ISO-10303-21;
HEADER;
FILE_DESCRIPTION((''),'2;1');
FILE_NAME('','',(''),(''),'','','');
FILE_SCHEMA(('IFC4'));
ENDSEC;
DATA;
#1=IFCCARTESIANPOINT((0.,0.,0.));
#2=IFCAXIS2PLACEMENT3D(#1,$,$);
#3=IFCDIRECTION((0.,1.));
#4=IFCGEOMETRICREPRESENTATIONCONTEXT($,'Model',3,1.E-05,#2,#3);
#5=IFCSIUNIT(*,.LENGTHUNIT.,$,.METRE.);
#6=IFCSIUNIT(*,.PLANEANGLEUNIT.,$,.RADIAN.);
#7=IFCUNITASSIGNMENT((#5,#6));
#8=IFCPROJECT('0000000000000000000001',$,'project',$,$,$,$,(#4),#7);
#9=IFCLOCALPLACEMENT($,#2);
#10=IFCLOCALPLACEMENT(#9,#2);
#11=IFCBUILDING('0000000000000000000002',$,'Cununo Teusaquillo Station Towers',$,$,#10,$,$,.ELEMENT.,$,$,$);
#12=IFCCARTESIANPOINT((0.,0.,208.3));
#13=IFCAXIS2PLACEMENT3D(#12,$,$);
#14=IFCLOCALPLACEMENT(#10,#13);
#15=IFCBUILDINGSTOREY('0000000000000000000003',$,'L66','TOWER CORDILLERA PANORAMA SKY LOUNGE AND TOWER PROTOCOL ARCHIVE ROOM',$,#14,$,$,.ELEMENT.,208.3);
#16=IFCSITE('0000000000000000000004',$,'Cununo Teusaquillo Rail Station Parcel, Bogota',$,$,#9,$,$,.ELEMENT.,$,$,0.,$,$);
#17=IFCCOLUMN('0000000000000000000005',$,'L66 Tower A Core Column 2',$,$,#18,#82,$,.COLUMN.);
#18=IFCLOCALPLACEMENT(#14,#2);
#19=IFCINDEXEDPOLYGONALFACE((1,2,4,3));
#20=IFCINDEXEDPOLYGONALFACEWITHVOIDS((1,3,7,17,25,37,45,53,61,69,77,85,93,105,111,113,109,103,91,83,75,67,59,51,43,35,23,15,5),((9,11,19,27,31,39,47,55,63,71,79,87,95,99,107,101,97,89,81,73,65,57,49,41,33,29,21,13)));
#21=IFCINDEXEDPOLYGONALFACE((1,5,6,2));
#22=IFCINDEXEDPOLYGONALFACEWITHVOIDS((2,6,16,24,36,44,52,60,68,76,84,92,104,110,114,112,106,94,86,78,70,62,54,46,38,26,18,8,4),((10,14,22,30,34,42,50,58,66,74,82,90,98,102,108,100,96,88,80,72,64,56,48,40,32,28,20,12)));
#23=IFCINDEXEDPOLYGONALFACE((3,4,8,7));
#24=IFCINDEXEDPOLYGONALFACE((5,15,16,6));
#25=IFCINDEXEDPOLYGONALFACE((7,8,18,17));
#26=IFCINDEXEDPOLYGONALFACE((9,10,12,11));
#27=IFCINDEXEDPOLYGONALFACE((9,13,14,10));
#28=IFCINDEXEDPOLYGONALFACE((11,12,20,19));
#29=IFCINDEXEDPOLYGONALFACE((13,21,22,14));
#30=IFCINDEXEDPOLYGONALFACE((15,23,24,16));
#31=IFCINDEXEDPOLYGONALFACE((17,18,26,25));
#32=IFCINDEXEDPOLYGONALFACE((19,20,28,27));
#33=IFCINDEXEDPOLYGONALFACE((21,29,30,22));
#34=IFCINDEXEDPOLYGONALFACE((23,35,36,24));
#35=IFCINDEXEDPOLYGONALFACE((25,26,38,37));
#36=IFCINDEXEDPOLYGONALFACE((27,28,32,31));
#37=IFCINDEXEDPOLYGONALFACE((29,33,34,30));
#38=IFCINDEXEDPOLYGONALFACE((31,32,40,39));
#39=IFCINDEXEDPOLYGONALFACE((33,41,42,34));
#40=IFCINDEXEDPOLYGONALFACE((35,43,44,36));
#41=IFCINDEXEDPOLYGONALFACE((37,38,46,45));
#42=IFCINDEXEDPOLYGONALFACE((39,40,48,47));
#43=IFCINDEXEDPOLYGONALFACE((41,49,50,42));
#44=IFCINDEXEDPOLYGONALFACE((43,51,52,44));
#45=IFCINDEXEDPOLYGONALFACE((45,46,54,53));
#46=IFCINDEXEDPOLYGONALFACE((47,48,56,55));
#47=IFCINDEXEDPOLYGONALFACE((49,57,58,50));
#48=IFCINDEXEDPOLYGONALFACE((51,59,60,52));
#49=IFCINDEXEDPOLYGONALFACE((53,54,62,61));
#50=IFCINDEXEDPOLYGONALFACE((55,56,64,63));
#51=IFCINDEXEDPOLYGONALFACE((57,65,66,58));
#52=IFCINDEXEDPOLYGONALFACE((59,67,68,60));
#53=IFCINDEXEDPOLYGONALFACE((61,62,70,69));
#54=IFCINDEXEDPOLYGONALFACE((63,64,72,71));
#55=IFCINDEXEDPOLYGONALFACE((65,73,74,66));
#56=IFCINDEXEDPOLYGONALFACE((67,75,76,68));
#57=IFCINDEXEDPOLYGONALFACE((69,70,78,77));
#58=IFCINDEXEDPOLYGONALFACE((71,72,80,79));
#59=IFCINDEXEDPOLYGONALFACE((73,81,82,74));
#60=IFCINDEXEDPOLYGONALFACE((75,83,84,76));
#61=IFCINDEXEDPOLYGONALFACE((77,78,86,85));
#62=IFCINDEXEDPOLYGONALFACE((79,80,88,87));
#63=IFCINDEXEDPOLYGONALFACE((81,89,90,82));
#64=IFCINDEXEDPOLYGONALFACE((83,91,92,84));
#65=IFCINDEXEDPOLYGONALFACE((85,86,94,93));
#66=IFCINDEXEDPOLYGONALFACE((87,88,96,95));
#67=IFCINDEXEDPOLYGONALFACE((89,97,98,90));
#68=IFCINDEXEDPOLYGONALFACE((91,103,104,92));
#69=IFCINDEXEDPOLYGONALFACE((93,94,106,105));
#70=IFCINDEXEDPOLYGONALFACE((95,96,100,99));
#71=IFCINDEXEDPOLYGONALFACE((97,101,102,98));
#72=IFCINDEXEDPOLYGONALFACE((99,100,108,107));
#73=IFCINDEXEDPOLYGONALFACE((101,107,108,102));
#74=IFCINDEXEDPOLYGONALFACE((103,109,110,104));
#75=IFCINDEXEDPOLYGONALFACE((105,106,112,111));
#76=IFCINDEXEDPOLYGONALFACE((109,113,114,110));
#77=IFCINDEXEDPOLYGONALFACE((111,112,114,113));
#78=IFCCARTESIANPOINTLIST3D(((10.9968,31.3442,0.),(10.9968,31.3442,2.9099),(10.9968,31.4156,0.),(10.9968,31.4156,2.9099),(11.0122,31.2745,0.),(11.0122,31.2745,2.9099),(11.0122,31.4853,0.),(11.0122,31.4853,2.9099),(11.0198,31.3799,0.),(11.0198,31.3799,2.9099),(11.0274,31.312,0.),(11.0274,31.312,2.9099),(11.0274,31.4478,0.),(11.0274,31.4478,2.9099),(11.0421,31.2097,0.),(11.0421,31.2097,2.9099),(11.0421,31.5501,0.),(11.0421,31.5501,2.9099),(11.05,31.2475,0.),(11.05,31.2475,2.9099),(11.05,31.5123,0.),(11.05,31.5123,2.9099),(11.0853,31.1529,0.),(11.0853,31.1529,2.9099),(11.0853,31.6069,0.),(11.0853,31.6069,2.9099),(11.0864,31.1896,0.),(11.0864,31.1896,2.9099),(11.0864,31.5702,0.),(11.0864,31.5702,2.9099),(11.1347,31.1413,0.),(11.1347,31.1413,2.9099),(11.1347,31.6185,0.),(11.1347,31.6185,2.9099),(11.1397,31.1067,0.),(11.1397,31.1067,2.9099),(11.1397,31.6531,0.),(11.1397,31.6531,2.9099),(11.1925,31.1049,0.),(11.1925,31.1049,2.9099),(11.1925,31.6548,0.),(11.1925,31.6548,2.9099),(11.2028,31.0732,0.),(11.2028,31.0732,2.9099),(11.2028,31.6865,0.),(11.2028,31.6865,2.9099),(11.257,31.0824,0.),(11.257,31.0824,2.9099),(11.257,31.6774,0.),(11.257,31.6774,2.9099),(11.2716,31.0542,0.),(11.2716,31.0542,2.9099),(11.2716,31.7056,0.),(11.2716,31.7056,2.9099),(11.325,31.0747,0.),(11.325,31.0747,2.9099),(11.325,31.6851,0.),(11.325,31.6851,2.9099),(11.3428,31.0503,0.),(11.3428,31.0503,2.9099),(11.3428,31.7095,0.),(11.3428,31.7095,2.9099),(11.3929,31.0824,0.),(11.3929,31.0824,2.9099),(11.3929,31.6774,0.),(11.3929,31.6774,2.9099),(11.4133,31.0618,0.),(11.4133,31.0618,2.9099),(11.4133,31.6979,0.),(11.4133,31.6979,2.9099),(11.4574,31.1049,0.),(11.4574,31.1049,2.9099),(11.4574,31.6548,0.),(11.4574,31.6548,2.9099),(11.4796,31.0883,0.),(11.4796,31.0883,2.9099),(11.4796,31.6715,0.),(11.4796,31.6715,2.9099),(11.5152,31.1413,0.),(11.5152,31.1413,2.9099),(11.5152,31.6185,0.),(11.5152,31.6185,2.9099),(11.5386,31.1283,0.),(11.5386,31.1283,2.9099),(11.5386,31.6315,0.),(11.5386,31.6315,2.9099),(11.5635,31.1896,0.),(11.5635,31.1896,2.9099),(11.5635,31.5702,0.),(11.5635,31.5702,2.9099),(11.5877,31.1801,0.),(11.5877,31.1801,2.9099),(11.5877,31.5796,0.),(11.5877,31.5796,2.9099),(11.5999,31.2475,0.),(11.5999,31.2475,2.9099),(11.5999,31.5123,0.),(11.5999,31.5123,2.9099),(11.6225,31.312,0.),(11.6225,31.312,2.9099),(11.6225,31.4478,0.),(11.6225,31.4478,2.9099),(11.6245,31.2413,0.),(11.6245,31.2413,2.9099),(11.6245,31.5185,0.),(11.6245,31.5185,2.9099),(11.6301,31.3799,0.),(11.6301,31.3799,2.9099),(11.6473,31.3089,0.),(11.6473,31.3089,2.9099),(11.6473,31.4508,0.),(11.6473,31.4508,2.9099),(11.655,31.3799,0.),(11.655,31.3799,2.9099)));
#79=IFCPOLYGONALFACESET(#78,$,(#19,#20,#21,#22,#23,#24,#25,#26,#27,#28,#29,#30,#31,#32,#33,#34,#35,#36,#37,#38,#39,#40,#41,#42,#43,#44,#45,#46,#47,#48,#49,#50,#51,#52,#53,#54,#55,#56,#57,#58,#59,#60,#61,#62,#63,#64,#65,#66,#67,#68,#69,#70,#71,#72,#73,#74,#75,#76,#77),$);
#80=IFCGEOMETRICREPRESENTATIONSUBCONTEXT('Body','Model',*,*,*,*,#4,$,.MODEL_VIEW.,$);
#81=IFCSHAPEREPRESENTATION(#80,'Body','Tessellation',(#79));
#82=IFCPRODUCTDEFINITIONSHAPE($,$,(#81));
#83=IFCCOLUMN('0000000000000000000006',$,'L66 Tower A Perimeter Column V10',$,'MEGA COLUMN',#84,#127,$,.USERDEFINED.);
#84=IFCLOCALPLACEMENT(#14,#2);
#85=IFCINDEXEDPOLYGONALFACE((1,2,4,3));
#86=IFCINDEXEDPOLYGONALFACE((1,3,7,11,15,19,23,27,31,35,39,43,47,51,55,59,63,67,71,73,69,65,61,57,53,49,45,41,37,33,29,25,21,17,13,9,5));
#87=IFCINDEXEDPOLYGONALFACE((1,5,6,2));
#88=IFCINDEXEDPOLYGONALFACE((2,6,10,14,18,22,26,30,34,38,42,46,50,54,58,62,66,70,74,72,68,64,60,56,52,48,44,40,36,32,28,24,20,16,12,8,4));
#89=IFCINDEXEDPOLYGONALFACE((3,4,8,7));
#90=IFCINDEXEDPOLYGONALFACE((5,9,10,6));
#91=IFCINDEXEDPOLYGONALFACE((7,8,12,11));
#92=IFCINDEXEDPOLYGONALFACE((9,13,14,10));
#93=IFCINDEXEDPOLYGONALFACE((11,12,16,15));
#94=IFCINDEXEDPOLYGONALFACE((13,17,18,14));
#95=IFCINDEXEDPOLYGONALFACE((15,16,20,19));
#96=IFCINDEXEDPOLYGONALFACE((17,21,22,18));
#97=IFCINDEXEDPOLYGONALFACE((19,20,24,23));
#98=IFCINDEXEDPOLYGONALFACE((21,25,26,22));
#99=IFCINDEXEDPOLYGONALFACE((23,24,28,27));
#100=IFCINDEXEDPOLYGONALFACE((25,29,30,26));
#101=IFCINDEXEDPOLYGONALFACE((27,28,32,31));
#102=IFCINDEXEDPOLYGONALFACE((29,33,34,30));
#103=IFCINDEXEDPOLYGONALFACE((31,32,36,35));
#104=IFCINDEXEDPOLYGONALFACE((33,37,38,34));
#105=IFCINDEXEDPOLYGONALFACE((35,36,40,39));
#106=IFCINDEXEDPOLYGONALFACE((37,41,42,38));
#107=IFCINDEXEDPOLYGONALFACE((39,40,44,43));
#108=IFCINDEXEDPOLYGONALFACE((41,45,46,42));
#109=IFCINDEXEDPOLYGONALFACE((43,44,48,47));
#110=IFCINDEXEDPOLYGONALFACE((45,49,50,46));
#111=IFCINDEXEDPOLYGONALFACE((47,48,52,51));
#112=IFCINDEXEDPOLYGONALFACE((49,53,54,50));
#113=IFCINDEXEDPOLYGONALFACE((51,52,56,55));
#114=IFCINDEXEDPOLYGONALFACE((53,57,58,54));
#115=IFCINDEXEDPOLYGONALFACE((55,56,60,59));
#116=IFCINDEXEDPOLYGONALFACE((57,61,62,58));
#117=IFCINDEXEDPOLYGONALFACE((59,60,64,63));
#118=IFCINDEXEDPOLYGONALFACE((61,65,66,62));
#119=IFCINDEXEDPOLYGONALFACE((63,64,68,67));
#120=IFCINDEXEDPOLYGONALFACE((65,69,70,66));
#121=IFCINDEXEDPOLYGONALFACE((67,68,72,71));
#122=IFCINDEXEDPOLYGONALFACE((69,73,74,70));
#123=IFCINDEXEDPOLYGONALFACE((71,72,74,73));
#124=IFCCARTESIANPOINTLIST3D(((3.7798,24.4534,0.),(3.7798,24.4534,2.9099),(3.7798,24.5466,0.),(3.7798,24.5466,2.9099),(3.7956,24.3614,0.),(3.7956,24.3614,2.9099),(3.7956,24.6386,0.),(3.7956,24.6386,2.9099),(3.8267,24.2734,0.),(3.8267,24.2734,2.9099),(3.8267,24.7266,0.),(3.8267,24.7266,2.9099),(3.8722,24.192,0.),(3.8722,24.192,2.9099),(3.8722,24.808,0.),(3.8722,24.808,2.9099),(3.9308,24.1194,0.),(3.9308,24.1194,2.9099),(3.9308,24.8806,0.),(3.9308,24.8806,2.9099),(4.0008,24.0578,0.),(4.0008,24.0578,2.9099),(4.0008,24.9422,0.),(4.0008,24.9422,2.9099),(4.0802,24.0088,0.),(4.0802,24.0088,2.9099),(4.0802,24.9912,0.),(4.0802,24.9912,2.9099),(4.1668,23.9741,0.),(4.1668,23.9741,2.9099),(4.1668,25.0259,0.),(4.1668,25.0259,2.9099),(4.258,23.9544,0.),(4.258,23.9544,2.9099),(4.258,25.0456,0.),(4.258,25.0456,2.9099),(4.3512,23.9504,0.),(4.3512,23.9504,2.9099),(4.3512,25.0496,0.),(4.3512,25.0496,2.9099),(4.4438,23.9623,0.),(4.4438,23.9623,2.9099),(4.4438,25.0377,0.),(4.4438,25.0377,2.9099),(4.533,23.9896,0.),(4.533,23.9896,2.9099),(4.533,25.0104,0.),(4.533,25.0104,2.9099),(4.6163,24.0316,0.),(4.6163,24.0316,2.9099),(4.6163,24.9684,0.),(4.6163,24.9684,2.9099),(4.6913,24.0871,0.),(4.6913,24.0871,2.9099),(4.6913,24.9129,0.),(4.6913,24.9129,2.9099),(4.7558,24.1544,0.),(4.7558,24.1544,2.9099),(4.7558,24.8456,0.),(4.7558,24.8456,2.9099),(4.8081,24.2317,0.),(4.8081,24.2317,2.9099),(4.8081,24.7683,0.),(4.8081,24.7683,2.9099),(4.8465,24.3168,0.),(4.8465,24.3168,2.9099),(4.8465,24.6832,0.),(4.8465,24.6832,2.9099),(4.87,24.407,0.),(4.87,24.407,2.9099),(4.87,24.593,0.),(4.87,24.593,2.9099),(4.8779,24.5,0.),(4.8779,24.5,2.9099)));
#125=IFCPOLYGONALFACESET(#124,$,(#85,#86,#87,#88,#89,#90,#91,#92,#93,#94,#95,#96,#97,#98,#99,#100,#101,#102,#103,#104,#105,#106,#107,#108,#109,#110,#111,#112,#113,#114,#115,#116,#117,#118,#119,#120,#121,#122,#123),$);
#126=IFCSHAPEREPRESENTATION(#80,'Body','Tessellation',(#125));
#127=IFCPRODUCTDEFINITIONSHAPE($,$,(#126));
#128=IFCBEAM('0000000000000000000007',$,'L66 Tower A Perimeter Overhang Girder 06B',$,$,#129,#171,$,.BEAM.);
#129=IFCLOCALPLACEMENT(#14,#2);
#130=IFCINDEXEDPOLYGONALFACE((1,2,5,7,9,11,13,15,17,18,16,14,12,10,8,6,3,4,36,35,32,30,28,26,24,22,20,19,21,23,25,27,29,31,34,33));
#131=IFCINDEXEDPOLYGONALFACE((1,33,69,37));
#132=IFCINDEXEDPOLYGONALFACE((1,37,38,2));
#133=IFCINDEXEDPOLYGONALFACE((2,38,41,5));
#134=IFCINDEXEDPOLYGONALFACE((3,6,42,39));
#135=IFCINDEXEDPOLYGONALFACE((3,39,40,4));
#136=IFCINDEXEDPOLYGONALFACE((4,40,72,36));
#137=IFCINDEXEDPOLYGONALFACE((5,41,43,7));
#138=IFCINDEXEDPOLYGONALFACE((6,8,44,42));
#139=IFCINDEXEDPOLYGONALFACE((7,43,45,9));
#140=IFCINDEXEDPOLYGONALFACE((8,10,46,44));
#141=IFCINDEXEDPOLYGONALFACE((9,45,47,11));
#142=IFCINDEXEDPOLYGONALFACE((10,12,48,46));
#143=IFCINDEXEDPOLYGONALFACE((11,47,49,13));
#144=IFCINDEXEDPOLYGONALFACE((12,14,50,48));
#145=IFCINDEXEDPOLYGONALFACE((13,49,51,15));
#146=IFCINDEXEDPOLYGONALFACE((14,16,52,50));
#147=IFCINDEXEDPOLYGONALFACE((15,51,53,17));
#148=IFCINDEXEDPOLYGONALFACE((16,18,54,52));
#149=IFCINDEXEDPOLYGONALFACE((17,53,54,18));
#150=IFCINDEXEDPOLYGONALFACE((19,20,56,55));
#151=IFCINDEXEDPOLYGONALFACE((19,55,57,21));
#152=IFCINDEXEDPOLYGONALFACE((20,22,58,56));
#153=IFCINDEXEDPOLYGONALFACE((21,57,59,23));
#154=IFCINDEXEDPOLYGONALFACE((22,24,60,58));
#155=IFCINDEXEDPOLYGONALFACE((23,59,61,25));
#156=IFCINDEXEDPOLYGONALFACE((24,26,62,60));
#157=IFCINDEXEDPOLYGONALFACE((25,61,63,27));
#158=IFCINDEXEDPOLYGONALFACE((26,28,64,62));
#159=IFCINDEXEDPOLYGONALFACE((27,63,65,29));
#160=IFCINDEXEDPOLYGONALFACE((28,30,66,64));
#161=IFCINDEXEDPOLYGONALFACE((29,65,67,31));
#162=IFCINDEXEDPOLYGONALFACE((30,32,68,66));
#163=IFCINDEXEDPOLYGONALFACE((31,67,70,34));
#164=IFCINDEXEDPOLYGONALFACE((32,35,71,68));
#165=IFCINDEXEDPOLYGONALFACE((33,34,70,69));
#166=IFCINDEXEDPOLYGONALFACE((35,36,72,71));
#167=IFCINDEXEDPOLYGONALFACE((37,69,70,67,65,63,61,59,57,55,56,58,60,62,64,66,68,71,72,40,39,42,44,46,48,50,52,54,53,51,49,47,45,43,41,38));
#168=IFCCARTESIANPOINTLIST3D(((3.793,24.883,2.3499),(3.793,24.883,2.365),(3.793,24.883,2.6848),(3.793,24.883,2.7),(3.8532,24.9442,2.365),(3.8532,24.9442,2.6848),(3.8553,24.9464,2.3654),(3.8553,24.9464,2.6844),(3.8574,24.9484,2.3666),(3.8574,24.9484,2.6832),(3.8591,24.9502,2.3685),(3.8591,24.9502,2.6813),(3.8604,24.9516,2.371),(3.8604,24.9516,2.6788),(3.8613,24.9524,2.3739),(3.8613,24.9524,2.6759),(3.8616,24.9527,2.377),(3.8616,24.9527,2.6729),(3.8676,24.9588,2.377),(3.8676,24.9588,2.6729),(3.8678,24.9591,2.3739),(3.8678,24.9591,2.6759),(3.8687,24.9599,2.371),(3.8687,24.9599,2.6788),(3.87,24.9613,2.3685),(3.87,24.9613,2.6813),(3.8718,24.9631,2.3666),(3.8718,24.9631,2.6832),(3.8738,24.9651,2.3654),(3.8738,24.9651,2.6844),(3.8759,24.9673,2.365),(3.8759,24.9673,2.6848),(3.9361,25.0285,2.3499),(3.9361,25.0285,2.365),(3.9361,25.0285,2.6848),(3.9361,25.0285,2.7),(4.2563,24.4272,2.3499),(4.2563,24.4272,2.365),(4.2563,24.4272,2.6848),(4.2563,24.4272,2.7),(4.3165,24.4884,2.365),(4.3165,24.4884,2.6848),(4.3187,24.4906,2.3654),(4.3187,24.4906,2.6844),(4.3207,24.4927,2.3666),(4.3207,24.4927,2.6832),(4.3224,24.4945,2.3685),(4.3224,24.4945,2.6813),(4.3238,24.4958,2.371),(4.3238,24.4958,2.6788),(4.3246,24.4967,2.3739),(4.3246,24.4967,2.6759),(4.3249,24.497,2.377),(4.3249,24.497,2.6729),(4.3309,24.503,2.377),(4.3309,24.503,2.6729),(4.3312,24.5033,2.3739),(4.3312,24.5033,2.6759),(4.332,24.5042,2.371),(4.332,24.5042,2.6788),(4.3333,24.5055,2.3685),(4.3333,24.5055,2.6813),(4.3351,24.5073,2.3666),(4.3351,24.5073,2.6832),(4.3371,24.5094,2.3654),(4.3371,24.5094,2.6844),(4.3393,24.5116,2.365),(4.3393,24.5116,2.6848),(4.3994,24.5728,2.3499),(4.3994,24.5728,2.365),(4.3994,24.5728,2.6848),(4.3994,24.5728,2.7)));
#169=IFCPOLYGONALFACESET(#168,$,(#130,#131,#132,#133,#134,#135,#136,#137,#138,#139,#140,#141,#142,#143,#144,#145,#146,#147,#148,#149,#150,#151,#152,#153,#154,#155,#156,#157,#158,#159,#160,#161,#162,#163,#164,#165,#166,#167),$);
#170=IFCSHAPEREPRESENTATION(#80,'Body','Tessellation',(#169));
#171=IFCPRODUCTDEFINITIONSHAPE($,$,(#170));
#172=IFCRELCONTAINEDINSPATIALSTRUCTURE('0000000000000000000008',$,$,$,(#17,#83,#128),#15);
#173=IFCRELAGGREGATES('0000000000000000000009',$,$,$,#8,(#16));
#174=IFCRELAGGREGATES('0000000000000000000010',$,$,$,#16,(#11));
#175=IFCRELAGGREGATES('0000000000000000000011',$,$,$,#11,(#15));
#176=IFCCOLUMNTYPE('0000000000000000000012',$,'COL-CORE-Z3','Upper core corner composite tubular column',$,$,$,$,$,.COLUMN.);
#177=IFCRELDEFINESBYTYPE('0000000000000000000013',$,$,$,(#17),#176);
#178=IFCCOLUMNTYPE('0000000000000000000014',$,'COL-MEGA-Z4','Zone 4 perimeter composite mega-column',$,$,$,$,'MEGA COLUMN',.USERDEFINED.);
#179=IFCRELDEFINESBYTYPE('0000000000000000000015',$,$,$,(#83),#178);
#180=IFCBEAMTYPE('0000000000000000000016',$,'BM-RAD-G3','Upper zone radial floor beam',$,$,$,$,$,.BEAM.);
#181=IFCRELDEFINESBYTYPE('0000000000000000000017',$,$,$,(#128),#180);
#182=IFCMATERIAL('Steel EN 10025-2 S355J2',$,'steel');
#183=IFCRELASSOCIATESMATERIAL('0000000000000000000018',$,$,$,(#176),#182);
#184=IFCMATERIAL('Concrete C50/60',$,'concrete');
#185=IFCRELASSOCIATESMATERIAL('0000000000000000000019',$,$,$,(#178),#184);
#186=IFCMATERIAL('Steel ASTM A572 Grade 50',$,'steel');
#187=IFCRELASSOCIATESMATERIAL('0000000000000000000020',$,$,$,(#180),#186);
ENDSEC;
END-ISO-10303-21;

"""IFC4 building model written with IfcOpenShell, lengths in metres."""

from ifc_helpers import new_model, si_unit, direction, frame, origin, origin_2d, place, context, subcontext, project, spatial, circle, hollow_circle, i_section, extrude, material, material_profile, profile_set, type_object, element, save


model = new_model("IFC4")

# Units and contexts
model_context = context("Model", 3, precision=1e-05, world=origin(), true_north=direction((0.0, 1.0)))
body_context = subcontext(model_context, "Body", "Model", "MODEL_VIEW")
ifc_project = project(units=[si_unit("LENGTHUNIT", "METRE"), si_unit("PLANEANGLEUNIT", "RADIAN")], contexts=[model_context])

# Site, building, storey
site_placement = place(None, origin())
site = spatial("IfcSite", under=ifc_project, at=site_placement, Name="Cununo Teusaquillo Rail Station Parcel, Bogota", CompositionType="ELEMENT", RefElevation=0.0)
building_placement = place(site_placement, origin())
building = spatial("IfcBuilding", under=site, at=building_placement, Name="Cununo Teusaquillo Station Towers", CompositionType="ELEMENT")
storey_placement = place(building_placement, frame((0.0, 0.0, 208.3)))
storey = spatial("IfcBuildingStorey", under=building, at=storey_placement, Name="L66", Description="TOWER CORDILLERA PANORAMA SKY LOUNGE AND TOWER PROTOCOL ARCHIVE ROOM", CompositionType="ELEMENT", Elevation=208.3)

# Columns
ifc_material_1 = material(Name="Steel EN 10025-2 S355J2", Category="steel")
ifc_material_profile_1 = material_profile(ifc_material_1, hollow_circle(Radius=0.3301, WallThickness=0.0249, at=origin_2d()), Name="CHS 660x25")
ifc_profile_set_1 = profile_set([ifc_material_profile_1], Name="Steel EN 10025-2 S355J2")
column_type_1 = type_object("IfcColumnType", Name="COL-CORE-Z3", Description="Upper core corner composite tubular column", PredefinedType="COLUMN", material=ifc_profile_set_1)
column_1_placement = place(storey_placement, frame((11.325, 31.3799, 0.0), z_axis=(0.0, 0.0, 1.0), x_axis=(1.0, 0.0, 0.0)))
element("IfcColumn", 1, at=column_1_placement, inside=storey, type_object=column_type_1, Name="L66 Tower A Core Column 2", PredefinedType="COLUMN", context=body_context, shape_type="SweptSolid", body=[
    extrude(hollow_circle(Radius=0.3301, WallThickness=0.0249, at=origin_2d()), origin(), (0.0, 0.0, 1.0), 2.9099),
])
ifc_material_2 = material(Name="Concrete C50/60", Category="concrete")
ifc_material_profile_2 = material_profile(ifc_material_2, circle(Radius=0.55, at=origin_2d()), Name="RC-CIRC-1100")
ifc_profile_set_2 = profile_set([ifc_material_profile_2], Name="Concrete C50/60")
column_type_2 = type_object("IfcColumnType", Name="COL-MEGA-Z4", Description="Zone 4 perimeter composite mega-column", ElementType="MEGA COLUMN", PredefinedType="USERDEFINED", material=ifc_profile_set_2)
column_2_placement = place(storey_placement, frame((4.3279, 24.5, 0.0), z_axis=(0.0, 0.0, 1.0), x_axis=(1.0, 0.0, 0.0)))
element("IfcColumn", 2, at=column_2_placement, inside=storey, type_object=column_type_2, Name="L66 Tower A Perimeter Column V10", ObjectType="MEGA COLUMN", PredefinedType="USERDEFINED", context=body_context, shape_type="SweptSolid", body=[
    extrude(circle(Radius=0.55, at=origin_2d()), origin(), (0.0, 0.0, 1.0), 2.9099),
])

# Beam
ifc_material_3 = material(Name="Steel ASTM A572 Grade 50", Category="steel")
ifc_material_profile_3 = material_profile(ifc_material_3, i_section(OverallWidth=0.2041, OverallDepth=0.3501, WebThickness=0.0085, FlangeThickness=0.0151, FilletRadius=0.012, at=origin_2d()), Name="W14X48")
ifc_profile_set_3 = profile_set([ifc_material_profile_3], Name="Steel ASTM A572 Grade 50")
beam_type_1 = type_object("IfcBeamType", Name="BM-RAD-G3", Description="Upper zone radial floor beam", PredefinedType="BEAM", material=ifc_profile_set_3)
beam_1_placement = place(storey_placement, frame((4.3279, 24.5, 2.5249), z_axis=(-0.712905, 0.701261, 0.0), x_axis=(-0.701261, -0.712905, 0.0)))
element("IfcBeam", 3, at=beam_1_placement, inside=storey, type_object=beam_type_1, Name="L66 Tower A Perimeter Overhang Girder 06B", PredefinedType="BEAM", context=body_context, shape_type="SweptSolid", body=[
    extrude(i_section(OverallWidth=0.2041, OverallDepth=0.3501, WebThickness=0.0085, FlangeThickness=0.0151, FilletRadius=0.012, at=origin_2d()), origin(), (0.0, 0.0, 1.0), 0.6499),
])

save(model, "model.ifc")
